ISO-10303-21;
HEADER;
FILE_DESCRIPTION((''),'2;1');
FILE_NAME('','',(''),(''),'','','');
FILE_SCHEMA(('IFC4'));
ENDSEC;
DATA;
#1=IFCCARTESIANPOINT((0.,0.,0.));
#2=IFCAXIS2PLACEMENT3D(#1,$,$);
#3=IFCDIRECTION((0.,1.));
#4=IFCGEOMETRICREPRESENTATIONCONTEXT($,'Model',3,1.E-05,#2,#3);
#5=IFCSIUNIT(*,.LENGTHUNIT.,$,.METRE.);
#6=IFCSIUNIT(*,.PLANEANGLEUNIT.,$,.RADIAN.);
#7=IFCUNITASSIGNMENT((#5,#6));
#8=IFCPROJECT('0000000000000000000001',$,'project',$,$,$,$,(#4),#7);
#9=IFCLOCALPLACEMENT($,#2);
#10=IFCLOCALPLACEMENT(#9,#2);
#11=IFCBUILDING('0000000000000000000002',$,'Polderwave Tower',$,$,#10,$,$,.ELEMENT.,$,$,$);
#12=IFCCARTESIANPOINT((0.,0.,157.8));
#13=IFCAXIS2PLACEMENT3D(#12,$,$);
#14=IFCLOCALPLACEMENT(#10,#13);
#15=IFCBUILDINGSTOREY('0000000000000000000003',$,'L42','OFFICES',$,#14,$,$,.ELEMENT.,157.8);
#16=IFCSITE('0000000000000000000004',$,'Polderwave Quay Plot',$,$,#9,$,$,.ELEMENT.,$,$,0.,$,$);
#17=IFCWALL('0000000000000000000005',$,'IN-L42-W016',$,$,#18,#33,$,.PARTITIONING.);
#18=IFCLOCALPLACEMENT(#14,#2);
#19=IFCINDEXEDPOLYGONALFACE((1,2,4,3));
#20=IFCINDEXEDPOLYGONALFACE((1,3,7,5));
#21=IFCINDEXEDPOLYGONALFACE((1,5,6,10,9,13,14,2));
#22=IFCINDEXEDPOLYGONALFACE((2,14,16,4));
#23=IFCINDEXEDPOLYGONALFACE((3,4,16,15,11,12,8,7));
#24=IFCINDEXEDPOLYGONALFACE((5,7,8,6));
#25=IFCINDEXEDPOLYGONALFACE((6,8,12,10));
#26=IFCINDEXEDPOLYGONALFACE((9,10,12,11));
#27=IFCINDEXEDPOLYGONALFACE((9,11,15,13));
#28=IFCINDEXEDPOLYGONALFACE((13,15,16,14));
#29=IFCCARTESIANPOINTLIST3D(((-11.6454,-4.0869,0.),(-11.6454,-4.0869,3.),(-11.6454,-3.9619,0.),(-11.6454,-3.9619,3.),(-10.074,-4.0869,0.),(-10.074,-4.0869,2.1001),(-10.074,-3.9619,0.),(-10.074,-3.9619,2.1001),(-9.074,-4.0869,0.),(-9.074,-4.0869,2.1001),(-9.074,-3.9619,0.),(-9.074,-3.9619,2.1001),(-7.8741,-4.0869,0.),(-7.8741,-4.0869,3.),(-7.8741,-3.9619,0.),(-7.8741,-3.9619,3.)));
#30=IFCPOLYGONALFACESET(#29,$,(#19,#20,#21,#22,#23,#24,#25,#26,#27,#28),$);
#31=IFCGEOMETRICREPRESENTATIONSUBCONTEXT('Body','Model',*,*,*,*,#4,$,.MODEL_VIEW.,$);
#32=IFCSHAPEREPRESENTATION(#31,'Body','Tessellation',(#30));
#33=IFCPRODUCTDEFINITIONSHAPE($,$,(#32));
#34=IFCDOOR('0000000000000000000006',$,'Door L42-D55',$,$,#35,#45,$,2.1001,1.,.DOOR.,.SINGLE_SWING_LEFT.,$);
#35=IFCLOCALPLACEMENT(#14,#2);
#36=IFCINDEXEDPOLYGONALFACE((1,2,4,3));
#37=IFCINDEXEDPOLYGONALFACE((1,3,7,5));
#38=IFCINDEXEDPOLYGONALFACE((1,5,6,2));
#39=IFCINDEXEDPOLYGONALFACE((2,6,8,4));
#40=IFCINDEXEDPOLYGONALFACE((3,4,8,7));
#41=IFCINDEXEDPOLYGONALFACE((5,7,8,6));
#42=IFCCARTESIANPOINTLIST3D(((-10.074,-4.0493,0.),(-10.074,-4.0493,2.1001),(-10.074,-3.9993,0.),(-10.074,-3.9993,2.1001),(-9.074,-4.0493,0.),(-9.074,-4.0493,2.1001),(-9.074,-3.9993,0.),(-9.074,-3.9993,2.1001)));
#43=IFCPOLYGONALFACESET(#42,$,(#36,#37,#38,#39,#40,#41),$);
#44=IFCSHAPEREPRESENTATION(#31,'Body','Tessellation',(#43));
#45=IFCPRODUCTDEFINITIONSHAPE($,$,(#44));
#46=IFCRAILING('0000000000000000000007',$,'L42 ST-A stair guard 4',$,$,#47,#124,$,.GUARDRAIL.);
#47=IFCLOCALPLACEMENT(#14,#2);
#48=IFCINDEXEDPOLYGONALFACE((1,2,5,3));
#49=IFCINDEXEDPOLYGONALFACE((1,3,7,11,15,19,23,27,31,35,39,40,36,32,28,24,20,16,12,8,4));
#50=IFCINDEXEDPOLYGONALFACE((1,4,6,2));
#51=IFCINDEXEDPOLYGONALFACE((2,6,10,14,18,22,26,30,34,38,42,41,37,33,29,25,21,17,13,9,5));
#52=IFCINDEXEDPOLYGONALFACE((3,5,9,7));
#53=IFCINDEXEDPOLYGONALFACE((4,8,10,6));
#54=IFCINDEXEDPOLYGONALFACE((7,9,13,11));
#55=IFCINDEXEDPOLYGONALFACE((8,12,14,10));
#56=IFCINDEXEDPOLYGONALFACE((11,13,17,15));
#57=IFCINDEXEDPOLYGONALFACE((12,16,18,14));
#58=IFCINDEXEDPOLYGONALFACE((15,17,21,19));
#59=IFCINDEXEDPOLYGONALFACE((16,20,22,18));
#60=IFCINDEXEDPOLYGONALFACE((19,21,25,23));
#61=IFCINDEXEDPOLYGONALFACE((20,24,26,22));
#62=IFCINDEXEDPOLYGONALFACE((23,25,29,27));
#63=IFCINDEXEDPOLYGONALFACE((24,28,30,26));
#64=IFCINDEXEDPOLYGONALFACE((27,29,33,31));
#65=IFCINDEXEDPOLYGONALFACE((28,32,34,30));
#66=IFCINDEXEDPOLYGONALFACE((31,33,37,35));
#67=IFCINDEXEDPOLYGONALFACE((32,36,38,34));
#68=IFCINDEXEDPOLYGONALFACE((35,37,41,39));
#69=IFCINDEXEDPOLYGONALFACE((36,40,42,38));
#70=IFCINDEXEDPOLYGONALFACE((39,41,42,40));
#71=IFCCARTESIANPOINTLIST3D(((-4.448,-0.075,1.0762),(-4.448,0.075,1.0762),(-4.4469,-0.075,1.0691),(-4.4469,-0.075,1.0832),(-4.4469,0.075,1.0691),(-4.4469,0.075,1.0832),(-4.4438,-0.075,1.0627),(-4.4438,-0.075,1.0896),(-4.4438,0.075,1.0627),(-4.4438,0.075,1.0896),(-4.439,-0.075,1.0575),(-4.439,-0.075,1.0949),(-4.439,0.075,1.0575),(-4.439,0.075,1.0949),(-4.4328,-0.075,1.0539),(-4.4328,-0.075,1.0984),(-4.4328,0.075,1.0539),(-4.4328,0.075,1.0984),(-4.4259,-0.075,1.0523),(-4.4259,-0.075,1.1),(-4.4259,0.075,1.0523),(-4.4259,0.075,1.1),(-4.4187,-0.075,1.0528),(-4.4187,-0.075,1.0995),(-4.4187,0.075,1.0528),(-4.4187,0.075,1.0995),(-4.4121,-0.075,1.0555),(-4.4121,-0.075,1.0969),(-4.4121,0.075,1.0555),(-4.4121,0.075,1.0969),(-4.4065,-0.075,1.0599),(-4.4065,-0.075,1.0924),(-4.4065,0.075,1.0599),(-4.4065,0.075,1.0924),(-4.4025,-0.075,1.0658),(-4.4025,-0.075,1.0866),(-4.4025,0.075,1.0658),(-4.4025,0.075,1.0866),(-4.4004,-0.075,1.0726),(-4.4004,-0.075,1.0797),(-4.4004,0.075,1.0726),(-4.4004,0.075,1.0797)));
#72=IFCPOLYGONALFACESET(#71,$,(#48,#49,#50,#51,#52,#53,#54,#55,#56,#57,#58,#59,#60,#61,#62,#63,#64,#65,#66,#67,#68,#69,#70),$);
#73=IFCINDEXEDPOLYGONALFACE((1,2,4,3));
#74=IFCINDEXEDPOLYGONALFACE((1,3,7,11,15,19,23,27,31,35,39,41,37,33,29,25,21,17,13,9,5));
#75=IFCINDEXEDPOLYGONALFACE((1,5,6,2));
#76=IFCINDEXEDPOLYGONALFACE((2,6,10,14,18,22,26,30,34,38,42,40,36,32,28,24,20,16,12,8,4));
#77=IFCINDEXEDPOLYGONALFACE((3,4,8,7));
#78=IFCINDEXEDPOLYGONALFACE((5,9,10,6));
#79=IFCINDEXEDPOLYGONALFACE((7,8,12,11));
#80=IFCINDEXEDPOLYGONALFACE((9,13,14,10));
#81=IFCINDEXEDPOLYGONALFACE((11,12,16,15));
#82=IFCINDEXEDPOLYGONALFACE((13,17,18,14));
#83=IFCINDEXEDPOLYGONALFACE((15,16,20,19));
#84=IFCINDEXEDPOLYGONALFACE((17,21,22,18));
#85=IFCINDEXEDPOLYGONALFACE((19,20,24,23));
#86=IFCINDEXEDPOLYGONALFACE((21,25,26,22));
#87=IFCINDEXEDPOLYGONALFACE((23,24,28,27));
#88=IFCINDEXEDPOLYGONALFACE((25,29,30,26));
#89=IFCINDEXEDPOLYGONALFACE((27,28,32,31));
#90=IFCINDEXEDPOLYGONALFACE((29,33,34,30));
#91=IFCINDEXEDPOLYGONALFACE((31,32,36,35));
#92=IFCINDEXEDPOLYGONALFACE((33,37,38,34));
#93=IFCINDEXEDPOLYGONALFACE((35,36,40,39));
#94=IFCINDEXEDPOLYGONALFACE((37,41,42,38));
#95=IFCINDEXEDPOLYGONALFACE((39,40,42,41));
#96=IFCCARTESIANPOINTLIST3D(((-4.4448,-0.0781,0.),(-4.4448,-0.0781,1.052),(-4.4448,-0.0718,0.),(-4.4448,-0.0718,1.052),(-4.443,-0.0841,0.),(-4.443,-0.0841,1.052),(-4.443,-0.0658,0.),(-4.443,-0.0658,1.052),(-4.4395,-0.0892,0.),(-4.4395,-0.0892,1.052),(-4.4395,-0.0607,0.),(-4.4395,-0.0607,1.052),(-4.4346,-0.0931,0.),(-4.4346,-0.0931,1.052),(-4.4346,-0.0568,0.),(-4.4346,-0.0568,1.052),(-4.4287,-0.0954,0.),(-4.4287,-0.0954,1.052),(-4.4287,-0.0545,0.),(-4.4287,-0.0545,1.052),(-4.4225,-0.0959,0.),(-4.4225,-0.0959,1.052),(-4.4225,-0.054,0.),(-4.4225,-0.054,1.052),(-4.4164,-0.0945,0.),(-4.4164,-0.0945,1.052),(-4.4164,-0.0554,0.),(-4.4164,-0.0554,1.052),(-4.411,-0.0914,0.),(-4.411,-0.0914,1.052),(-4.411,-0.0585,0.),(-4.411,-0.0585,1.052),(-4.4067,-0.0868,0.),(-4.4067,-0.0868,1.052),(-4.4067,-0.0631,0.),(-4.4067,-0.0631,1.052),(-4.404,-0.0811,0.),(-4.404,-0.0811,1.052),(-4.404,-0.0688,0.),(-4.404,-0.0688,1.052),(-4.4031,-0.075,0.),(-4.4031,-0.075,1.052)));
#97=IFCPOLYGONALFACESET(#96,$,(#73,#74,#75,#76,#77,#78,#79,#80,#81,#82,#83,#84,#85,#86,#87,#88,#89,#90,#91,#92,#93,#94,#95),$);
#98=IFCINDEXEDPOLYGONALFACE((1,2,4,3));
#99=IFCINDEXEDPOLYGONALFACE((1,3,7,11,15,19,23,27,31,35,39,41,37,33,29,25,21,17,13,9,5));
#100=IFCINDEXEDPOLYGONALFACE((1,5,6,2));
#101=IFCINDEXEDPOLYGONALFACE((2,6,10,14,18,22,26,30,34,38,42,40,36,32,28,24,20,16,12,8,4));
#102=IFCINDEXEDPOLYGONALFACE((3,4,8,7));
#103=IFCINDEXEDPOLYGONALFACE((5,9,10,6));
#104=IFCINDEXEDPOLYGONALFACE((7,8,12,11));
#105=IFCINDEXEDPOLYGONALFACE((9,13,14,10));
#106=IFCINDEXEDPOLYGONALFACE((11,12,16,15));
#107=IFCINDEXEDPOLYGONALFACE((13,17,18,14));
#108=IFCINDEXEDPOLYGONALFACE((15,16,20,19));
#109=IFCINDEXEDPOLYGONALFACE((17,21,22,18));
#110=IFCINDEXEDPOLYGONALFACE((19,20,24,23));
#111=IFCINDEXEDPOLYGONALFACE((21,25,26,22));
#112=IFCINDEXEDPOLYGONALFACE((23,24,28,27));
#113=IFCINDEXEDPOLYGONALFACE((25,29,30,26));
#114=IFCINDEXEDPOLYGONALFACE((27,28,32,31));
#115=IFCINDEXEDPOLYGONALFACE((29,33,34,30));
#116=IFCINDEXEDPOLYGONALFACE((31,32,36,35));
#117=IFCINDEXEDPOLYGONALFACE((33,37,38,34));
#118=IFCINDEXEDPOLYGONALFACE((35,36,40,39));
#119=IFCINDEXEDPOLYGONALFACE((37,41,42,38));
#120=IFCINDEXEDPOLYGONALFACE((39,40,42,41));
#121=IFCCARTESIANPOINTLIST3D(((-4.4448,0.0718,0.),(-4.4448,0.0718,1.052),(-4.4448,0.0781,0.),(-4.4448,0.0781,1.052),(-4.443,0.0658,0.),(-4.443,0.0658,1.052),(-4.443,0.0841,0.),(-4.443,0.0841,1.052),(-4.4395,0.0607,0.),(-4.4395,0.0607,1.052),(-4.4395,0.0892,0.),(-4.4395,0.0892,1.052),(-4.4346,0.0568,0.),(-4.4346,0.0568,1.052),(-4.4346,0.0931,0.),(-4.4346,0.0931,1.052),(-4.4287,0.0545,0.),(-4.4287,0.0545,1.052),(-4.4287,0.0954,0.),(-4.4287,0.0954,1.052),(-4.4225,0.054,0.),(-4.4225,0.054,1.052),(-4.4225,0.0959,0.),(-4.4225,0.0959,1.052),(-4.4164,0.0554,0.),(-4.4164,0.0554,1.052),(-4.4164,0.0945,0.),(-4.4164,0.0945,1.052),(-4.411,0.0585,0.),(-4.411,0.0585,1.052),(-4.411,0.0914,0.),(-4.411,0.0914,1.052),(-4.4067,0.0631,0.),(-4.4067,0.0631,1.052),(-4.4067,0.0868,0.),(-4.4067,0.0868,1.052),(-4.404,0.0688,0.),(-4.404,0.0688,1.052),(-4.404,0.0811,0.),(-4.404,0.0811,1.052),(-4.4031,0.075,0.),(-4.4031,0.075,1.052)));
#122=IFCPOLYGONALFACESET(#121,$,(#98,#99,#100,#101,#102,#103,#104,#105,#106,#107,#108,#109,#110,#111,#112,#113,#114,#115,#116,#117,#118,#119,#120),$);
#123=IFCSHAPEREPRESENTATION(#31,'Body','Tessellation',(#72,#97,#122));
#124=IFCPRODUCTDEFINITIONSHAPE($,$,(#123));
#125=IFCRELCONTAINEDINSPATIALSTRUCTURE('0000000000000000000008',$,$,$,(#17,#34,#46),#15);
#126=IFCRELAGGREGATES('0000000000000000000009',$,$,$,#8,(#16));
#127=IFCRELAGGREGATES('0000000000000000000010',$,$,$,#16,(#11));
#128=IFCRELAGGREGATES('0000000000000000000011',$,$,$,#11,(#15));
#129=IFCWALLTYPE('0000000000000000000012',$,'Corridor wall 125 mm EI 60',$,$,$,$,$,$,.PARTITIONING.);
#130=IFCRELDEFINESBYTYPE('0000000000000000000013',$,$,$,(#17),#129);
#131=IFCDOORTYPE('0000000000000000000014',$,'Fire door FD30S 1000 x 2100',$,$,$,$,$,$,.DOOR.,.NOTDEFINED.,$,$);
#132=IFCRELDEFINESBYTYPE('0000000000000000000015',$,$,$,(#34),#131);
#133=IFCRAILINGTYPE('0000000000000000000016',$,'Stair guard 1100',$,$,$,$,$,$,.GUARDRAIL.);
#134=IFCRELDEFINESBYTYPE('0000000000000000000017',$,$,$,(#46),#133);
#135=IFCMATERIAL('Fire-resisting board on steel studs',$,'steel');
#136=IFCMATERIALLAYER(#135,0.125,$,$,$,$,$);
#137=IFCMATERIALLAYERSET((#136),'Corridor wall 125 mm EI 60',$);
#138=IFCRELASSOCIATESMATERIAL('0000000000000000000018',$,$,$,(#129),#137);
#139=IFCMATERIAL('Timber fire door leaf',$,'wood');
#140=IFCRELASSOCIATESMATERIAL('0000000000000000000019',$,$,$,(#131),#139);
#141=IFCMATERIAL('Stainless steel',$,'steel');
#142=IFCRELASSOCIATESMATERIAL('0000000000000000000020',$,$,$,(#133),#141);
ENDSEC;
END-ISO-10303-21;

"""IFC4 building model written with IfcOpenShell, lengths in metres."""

from ifc_helpers import new_model, si_unit, direction, frame, frame_2d, origin, origin_2d, place, context, subcontext, project, spatial, rectangle, circle, extrude, material, layer, layer_set, type_object, element, fill, save


model = new_model("IFC4")

# Units and contexts
model_context = context("Model", 3, precision=1e-05, world=origin(), true_north=direction((0.0, 1.0)))
body_context = subcontext(model_context, "Body", "Model", "MODEL_VIEW")
ifc_project = project(units=[si_unit("LENGTHUNIT", "METRE"), si_unit("PLANEANGLEUNIT", "RADIAN")], contexts=[model_context])

# Site, building, storey
site_placement = place(None, origin())
site = spatial("IfcSite", under=ifc_project, at=site_placement, Name="Polderwave Quay Plot", CompositionType="ELEMENT", RefElevation=0.0)
building_placement = place(site_placement, origin())
building = spatial("IfcBuilding", under=site, at=building_placement, Name="Polderwave Tower", CompositionType="ELEMENT")
storey_placement = place(building_placement, frame((0.0, 0.0, 157.8)))
storey = spatial("IfcBuildingStorey", under=building, at=storey_placement, Name="L42", Description="OFFICES", CompositionType="ELEMENT", Elevation=157.8)

# Shared definitions
ifc_material_1 = material(Name="Stainless steel", Category="steel")

# Wall, opening, door
ifc_material_2 = material(Name="Fire-resisting board on steel studs", Category="steel")
ifc_layer_1 = layer(ifc_material_2, 0.125)
ifc_layer_set_1 = layer_set([ifc_layer_1], Name="Corridor wall 125 mm EI 60")
wall_type_1 = type_object("IfcWallType", Name="Corridor wall 125 mm EI 60", PredefinedType="PARTITIONING", material=ifc_layer_set_1)
wall_1_placement = place(storey_placement, frame((-7.874, -4.0244, 0.0), z_axis=(0.0, 0.0, 1.0), x_axis=(-1.0, 0.0, 0.0)))
wall_1 = element("IfcWall", 1, at=wall_1_placement, inside=storey, type_object=wall_type_1, Name="IN-L42-W016", PredefinedType="PARTITIONING", context=body_context, shape_type="SweptSolid", body=[
    extrude(rectangle(XDim=3.7712, YDim=0.125, at=frame_2d((1.8857, 0.0))), origin(), (0.0, 0.0, 1.0), 3.0),
])
opening_1_placement = place(wall_1_placement, frame((1.2, 0.0, 0.0)))
opening_1 = element("IfcOpeningElement", 2, at=opening_1_placement, cuts=wall_1, PredefinedType="OPENING", context=body_context, shape_type="SweptSolid", body=[
    extrude(rectangle(XDim=1.0, YDim=2.1001, at=frame_2d((0.5, 1.05))), frame((0.0, 0.0725, 0.0), z_axis=(0.0, -1.0, 0.0), x_axis=(1.0, 0.0, 0.0)), (0.0, 0.0, 1.0), 0.145),
])
ifc_material_3 = material(Name="Timber fire door leaf", Category="wood")
door_type_1 = type_object("IfcDoorType", Name="Fire door FD30S 1000 x 2100", OperationType="NOTDEFINED", PredefinedType="DOOR", material=ifc_material_3)
door_1_placement = place(opening_1_placement, origin())
door_1 = element("IfcDoor", 3, at=door_1_placement, inside=storey, type_object=door_type_1, Name="Door L42-D55", OperationType="SINGLE_SWING_LEFT", OverallHeight=2.1001, OverallWidth=1.0, PredefinedType="DOOR", context=body_context, shape_type="SweptSolid", body=[
    extrude(rectangle(XDim=1.0, YDim=2.1001, at=frame_2d((0.5, 1.05))), frame((0.0, 0.0249, 0.0), z_axis=(0.0, -1.0, 0.0), x_axis=(1.0, 0.0, 0.0)), (0.0, 0.0, 1.0), 0.05),
])
fill(opening_1, door_1)

# Railing
railing_type_1 = type_object("IfcRailingType", Name="Stair guard 1100", PredefinedType="GUARDRAIL", material=ifc_material_1)
railing_1_placement = place(storey_placement, frame((-4.4241, -0.075, 0.0)))
element("IfcRailing", 4, at=railing_1_placement, inside=storey, type_object=railing_type_1, Name="L42 ST-A stair guard 4", PredefinedType="GUARDRAIL", context=body_context, shape_type="SweptSolid", body=[
    extrude(circle(Radius=0.0239, at=origin_2d()), frame((0.0, 0.0, 1.0762), z_axis=(0.0, 1.0, 0.0), x_axis=(-1.0, 0.0, 0.0)), (0.0, 0.0, 1.0), 0.1499),
    extrude(circle(Radius=0.021, at=origin_2d()), origin(), (0.0, 0.0, 1.0), 1.052),
    extrude(circle(Radius=0.021, at=origin_2d()), frame((0.0, 0.1499, 0.0)), (0.0, 0.0, 1.0), 1.052),
])

save(model, "model.ifc")
